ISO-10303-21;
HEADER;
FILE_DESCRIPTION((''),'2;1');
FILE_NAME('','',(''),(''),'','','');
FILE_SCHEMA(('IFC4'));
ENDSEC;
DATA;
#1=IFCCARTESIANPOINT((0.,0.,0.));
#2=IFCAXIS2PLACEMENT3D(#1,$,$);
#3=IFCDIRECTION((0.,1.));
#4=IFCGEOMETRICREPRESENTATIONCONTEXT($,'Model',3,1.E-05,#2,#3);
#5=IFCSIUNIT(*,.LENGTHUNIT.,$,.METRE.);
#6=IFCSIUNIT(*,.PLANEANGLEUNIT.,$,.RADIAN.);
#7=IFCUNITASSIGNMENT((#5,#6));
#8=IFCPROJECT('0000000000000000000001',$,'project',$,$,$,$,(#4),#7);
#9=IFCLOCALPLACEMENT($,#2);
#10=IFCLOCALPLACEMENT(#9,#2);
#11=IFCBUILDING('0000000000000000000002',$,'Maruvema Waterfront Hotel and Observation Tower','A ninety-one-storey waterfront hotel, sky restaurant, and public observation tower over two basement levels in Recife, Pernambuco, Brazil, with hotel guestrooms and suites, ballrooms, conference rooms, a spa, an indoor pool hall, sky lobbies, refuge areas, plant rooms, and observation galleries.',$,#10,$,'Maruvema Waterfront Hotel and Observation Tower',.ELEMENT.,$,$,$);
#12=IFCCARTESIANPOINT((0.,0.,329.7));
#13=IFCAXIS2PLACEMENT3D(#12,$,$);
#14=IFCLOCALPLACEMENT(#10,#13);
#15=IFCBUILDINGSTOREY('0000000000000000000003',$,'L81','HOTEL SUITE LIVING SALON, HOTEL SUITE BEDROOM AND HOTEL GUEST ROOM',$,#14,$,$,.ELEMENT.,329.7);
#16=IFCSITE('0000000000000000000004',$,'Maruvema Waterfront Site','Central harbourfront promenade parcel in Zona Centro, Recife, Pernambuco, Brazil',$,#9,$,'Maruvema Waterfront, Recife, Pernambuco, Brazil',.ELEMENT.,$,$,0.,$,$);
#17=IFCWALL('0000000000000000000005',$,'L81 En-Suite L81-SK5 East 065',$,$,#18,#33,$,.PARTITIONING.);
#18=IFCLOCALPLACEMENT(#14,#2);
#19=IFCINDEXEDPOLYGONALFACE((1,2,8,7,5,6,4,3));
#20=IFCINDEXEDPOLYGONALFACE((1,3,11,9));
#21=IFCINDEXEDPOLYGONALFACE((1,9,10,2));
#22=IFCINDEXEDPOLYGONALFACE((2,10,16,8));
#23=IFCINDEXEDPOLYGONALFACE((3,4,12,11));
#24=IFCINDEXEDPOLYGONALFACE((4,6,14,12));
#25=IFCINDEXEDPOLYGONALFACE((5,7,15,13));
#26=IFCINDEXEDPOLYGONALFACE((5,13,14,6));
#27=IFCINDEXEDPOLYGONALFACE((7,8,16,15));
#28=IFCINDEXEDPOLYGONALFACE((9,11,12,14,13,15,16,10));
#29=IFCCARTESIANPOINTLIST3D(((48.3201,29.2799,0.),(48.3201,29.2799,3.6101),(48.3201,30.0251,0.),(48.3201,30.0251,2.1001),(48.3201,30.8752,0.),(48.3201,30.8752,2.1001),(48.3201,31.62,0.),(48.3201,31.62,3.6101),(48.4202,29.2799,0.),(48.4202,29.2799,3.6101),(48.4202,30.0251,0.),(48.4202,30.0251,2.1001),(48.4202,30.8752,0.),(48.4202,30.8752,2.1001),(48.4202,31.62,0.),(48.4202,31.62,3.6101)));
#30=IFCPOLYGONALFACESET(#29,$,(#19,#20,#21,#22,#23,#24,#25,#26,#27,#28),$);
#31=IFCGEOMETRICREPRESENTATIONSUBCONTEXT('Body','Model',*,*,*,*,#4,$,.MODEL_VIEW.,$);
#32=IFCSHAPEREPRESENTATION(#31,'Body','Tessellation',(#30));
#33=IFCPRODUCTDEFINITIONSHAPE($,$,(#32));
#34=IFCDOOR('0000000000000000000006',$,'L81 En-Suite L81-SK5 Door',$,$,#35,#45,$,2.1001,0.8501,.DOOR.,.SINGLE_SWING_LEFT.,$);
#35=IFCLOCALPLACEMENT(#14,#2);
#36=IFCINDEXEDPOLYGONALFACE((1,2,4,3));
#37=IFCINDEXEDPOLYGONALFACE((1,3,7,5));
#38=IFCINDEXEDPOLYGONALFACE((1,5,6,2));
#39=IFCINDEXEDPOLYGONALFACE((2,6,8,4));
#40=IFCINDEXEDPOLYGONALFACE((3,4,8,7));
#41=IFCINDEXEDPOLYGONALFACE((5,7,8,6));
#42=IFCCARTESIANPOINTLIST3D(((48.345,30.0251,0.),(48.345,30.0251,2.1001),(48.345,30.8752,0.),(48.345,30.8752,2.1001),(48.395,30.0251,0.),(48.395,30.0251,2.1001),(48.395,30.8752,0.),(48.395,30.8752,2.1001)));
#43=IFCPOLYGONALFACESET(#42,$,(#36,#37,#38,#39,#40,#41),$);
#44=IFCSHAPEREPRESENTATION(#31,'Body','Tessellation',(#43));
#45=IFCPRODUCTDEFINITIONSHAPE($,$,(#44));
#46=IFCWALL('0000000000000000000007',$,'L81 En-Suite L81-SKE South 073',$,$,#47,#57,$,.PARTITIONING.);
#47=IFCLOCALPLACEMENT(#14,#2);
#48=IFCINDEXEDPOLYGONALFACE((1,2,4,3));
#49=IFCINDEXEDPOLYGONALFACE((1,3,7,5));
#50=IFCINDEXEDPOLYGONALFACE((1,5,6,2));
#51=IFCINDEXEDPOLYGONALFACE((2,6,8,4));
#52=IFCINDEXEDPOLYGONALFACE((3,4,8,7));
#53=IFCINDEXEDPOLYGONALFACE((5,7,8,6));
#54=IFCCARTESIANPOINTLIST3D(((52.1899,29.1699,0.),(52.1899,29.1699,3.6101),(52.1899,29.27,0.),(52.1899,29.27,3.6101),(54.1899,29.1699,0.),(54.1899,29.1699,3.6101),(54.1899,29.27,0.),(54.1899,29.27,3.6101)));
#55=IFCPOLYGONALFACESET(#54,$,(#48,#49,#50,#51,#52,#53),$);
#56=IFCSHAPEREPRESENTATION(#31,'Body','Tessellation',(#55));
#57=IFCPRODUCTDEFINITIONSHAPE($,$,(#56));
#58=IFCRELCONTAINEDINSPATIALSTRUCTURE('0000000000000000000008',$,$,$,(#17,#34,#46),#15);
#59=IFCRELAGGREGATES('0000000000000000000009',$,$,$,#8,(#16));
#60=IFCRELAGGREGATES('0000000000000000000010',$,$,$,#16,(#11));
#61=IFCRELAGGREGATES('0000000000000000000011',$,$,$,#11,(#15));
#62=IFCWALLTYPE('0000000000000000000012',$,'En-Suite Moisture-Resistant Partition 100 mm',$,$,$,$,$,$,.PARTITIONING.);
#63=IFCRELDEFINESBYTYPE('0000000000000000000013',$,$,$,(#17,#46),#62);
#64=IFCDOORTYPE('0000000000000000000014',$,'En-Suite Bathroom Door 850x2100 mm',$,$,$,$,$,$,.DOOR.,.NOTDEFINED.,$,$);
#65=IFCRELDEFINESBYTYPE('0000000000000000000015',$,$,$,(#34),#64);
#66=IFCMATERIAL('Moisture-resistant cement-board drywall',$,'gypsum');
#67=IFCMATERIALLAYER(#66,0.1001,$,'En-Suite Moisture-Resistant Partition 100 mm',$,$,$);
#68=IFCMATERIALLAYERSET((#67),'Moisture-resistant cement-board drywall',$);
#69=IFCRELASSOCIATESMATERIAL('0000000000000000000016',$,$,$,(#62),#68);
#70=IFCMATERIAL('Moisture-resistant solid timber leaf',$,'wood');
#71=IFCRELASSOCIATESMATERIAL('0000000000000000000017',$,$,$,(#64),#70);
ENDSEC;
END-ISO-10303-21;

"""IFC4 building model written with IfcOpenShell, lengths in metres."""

from ifc_helpers import new_model, si_unit, direction, frame, frame_2d, origin, place, context, subcontext, project, spatial, rectangle, extrude, material, layer, layer_set, type_object, element, fill, save


model = new_model("IFC4")

# Units and contexts
model_context = context("Model", 3, precision=1e-05, world=origin(), true_north=direction((0.0, 1.0)))
body_context = subcontext(model_context, "Body", "Model", "MODEL_VIEW")
ifc_project = project(units=[si_unit("LENGTHUNIT", "METRE"), si_unit("PLANEANGLEUNIT", "RADIAN")], contexts=[model_context])

# Site, building, storey
site_placement = place(None, origin())
site = spatial("IfcSite", under=ifc_project, at=site_placement, Name="Maruvema Waterfront Site", Description="Central harbourfront promenade parcel in Zona Centro, Recife, Pernambuco, Brazil", LongName="Maruvema Waterfront, Recife, Pernambuco, Brazil", CompositionType="ELEMENT", RefElevation=0.0)
building_placement = place(site_placement, origin())
building = spatial("IfcBuilding", under=site, at=building_placement, Name="Maruvema Waterfront Hotel and Observation Tower", Description="A ninety-one-storey waterfront hotel, sky restaurant, and public observation tower over two basement levels in Recife, Pernambuco, Brazil, with hotel guestrooms and suites, ballrooms, conference rooms, a spa, an indoor pool hall, sky lobbies, refuge areas, plant rooms, and observation galleries.", LongName="Maruvema Waterfront Hotel and Observation Tower", CompositionType="ELEMENT")
storey_placement = place(building_placement, frame((0.0, 0.0, 329.7)))
storey = spatial("IfcBuildingStorey", under=building, at=storey_placement, Name="L81", Description="HOTEL SUITE LIVING SALON, HOTEL SUITE BEDROOM AND HOTEL GUEST ROOM", CompositionType="ELEMENT", Elevation=329.7)

# Shared definitions
ifc_material_1 = material(Name="Moisture-resistant cement-board drywall", Category="gypsum")
ifc_layer_1 = layer(ifc_material_1, 0.1001, Name="En-Suite Moisture-Resistant Partition 100 mm")
ifc_layer_set_1 = layer_set([ifc_layer_1], Name="Moisture-resistant cement-board drywall")
wall_type_1 = type_object("IfcWallType", Name="En-Suite Moisture-Resistant Partition 100 mm", PredefinedType="PARTITIONING", material=ifc_layer_set_1)
ifc_material_2 = material(Name="Moisture-resistant solid timber leaf", Category="wood")
door_type_1 = type_object("IfcDoorType", Name="En-Suite Bathroom Door 850x2100 mm", OperationType="NOTDEFINED", PredefinedType="DOOR", material=ifc_material_2)

# Wall, opening, door
wall_1_placement = place(storey_placement, frame((48.3701, 29.28, 0.0), z_axis=(0.0, 0.0, 1.0), x_axis=(0.0, 1.0, 0.0)))
wall_1 = element("IfcWall", 1, at=wall_1_placement, inside=storey, type_object=wall_type_1, Name="L81 En-Suite L81-SK5 East 065", PredefinedType="PARTITIONING", context=body_context, shape_type="SweptSolid", body=[
    extrude(rectangle(XDim=2.3401, YDim=0.1001, at=frame_2d((1.1699, 0.0))), origin(), (0.0, 0.0, 1.0), 3.6101),
])
opening_1_placement = place(wall_1_placement, frame((0.7451, 0.0, 0.0)))
opening_1 = element("IfcOpeningElement", 2, at=opening_1_placement, cuts=wall_1, PredefinedType="OPENING", context=body_context, shape_type="SweptSolid", body=[
    extrude(rectangle(XDim=0.8501, YDim=2.1001, at=frame_2d((0.425, 1.05))), frame((0.0, 0.0601, 0.0), z_axis=(0.0, -1.0, 0.0), x_axis=(1.0, 0.0, 0.0)), (0.0, 0.0, 1.0), 0.1201),
])
door_1_placement = place(opening_1_placement, frame((0.8501, 0.0, 0.0), z_axis=(0.0, 0.0, 1.0), x_axis=(-1.0, 0.0, 0.0)))
door_1 = element("IfcDoor", 3, at=door_1_placement, inside=storey, type_object=door_type_1, Name="L81 En-Suite L81-SK5 Door", OperationType="SINGLE_SWING_LEFT", OverallHeight=2.1001, OverallWidth=0.8501, PredefinedType="DOOR", context=body_context, shape_type="SweptSolid", body=[
    extrude(rectangle(XDim=0.8501, YDim=2.1001, at=frame_2d((0.425, 1.05))), frame((0.0, 0.0249, 0.0), z_axis=(0.0, -1.0, 0.0), x_axis=(1.0, 0.0, 0.0)), (0.0, 0.0, 1.0), 0.05),
])
fill(opening_1, door_1)

# Wall
wall_2_placement = place(storey_placement, frame((52.1899, 29.22, 0.0), z_axis=(0.0, 0.0, 1.0), x_axis=(1.0, 0.0, 0.0)))
element("IfcWall", 4, at=wall_2_placement, inside=storey, type_object=wall_type_1, Name="L81 En-Suite L81-SKE South 073", PredefinedType="PARTITIONING", context=body_context, shape_type="SweptSolid", body=[
    extrude(rectangle(XDim=2.0, YDim=0.1001, at=frame_2d((1.0, 0.0))), origin(), (0.0, 0.0, 1.0), 3.6101),
])

save(model, "model.ifc")
